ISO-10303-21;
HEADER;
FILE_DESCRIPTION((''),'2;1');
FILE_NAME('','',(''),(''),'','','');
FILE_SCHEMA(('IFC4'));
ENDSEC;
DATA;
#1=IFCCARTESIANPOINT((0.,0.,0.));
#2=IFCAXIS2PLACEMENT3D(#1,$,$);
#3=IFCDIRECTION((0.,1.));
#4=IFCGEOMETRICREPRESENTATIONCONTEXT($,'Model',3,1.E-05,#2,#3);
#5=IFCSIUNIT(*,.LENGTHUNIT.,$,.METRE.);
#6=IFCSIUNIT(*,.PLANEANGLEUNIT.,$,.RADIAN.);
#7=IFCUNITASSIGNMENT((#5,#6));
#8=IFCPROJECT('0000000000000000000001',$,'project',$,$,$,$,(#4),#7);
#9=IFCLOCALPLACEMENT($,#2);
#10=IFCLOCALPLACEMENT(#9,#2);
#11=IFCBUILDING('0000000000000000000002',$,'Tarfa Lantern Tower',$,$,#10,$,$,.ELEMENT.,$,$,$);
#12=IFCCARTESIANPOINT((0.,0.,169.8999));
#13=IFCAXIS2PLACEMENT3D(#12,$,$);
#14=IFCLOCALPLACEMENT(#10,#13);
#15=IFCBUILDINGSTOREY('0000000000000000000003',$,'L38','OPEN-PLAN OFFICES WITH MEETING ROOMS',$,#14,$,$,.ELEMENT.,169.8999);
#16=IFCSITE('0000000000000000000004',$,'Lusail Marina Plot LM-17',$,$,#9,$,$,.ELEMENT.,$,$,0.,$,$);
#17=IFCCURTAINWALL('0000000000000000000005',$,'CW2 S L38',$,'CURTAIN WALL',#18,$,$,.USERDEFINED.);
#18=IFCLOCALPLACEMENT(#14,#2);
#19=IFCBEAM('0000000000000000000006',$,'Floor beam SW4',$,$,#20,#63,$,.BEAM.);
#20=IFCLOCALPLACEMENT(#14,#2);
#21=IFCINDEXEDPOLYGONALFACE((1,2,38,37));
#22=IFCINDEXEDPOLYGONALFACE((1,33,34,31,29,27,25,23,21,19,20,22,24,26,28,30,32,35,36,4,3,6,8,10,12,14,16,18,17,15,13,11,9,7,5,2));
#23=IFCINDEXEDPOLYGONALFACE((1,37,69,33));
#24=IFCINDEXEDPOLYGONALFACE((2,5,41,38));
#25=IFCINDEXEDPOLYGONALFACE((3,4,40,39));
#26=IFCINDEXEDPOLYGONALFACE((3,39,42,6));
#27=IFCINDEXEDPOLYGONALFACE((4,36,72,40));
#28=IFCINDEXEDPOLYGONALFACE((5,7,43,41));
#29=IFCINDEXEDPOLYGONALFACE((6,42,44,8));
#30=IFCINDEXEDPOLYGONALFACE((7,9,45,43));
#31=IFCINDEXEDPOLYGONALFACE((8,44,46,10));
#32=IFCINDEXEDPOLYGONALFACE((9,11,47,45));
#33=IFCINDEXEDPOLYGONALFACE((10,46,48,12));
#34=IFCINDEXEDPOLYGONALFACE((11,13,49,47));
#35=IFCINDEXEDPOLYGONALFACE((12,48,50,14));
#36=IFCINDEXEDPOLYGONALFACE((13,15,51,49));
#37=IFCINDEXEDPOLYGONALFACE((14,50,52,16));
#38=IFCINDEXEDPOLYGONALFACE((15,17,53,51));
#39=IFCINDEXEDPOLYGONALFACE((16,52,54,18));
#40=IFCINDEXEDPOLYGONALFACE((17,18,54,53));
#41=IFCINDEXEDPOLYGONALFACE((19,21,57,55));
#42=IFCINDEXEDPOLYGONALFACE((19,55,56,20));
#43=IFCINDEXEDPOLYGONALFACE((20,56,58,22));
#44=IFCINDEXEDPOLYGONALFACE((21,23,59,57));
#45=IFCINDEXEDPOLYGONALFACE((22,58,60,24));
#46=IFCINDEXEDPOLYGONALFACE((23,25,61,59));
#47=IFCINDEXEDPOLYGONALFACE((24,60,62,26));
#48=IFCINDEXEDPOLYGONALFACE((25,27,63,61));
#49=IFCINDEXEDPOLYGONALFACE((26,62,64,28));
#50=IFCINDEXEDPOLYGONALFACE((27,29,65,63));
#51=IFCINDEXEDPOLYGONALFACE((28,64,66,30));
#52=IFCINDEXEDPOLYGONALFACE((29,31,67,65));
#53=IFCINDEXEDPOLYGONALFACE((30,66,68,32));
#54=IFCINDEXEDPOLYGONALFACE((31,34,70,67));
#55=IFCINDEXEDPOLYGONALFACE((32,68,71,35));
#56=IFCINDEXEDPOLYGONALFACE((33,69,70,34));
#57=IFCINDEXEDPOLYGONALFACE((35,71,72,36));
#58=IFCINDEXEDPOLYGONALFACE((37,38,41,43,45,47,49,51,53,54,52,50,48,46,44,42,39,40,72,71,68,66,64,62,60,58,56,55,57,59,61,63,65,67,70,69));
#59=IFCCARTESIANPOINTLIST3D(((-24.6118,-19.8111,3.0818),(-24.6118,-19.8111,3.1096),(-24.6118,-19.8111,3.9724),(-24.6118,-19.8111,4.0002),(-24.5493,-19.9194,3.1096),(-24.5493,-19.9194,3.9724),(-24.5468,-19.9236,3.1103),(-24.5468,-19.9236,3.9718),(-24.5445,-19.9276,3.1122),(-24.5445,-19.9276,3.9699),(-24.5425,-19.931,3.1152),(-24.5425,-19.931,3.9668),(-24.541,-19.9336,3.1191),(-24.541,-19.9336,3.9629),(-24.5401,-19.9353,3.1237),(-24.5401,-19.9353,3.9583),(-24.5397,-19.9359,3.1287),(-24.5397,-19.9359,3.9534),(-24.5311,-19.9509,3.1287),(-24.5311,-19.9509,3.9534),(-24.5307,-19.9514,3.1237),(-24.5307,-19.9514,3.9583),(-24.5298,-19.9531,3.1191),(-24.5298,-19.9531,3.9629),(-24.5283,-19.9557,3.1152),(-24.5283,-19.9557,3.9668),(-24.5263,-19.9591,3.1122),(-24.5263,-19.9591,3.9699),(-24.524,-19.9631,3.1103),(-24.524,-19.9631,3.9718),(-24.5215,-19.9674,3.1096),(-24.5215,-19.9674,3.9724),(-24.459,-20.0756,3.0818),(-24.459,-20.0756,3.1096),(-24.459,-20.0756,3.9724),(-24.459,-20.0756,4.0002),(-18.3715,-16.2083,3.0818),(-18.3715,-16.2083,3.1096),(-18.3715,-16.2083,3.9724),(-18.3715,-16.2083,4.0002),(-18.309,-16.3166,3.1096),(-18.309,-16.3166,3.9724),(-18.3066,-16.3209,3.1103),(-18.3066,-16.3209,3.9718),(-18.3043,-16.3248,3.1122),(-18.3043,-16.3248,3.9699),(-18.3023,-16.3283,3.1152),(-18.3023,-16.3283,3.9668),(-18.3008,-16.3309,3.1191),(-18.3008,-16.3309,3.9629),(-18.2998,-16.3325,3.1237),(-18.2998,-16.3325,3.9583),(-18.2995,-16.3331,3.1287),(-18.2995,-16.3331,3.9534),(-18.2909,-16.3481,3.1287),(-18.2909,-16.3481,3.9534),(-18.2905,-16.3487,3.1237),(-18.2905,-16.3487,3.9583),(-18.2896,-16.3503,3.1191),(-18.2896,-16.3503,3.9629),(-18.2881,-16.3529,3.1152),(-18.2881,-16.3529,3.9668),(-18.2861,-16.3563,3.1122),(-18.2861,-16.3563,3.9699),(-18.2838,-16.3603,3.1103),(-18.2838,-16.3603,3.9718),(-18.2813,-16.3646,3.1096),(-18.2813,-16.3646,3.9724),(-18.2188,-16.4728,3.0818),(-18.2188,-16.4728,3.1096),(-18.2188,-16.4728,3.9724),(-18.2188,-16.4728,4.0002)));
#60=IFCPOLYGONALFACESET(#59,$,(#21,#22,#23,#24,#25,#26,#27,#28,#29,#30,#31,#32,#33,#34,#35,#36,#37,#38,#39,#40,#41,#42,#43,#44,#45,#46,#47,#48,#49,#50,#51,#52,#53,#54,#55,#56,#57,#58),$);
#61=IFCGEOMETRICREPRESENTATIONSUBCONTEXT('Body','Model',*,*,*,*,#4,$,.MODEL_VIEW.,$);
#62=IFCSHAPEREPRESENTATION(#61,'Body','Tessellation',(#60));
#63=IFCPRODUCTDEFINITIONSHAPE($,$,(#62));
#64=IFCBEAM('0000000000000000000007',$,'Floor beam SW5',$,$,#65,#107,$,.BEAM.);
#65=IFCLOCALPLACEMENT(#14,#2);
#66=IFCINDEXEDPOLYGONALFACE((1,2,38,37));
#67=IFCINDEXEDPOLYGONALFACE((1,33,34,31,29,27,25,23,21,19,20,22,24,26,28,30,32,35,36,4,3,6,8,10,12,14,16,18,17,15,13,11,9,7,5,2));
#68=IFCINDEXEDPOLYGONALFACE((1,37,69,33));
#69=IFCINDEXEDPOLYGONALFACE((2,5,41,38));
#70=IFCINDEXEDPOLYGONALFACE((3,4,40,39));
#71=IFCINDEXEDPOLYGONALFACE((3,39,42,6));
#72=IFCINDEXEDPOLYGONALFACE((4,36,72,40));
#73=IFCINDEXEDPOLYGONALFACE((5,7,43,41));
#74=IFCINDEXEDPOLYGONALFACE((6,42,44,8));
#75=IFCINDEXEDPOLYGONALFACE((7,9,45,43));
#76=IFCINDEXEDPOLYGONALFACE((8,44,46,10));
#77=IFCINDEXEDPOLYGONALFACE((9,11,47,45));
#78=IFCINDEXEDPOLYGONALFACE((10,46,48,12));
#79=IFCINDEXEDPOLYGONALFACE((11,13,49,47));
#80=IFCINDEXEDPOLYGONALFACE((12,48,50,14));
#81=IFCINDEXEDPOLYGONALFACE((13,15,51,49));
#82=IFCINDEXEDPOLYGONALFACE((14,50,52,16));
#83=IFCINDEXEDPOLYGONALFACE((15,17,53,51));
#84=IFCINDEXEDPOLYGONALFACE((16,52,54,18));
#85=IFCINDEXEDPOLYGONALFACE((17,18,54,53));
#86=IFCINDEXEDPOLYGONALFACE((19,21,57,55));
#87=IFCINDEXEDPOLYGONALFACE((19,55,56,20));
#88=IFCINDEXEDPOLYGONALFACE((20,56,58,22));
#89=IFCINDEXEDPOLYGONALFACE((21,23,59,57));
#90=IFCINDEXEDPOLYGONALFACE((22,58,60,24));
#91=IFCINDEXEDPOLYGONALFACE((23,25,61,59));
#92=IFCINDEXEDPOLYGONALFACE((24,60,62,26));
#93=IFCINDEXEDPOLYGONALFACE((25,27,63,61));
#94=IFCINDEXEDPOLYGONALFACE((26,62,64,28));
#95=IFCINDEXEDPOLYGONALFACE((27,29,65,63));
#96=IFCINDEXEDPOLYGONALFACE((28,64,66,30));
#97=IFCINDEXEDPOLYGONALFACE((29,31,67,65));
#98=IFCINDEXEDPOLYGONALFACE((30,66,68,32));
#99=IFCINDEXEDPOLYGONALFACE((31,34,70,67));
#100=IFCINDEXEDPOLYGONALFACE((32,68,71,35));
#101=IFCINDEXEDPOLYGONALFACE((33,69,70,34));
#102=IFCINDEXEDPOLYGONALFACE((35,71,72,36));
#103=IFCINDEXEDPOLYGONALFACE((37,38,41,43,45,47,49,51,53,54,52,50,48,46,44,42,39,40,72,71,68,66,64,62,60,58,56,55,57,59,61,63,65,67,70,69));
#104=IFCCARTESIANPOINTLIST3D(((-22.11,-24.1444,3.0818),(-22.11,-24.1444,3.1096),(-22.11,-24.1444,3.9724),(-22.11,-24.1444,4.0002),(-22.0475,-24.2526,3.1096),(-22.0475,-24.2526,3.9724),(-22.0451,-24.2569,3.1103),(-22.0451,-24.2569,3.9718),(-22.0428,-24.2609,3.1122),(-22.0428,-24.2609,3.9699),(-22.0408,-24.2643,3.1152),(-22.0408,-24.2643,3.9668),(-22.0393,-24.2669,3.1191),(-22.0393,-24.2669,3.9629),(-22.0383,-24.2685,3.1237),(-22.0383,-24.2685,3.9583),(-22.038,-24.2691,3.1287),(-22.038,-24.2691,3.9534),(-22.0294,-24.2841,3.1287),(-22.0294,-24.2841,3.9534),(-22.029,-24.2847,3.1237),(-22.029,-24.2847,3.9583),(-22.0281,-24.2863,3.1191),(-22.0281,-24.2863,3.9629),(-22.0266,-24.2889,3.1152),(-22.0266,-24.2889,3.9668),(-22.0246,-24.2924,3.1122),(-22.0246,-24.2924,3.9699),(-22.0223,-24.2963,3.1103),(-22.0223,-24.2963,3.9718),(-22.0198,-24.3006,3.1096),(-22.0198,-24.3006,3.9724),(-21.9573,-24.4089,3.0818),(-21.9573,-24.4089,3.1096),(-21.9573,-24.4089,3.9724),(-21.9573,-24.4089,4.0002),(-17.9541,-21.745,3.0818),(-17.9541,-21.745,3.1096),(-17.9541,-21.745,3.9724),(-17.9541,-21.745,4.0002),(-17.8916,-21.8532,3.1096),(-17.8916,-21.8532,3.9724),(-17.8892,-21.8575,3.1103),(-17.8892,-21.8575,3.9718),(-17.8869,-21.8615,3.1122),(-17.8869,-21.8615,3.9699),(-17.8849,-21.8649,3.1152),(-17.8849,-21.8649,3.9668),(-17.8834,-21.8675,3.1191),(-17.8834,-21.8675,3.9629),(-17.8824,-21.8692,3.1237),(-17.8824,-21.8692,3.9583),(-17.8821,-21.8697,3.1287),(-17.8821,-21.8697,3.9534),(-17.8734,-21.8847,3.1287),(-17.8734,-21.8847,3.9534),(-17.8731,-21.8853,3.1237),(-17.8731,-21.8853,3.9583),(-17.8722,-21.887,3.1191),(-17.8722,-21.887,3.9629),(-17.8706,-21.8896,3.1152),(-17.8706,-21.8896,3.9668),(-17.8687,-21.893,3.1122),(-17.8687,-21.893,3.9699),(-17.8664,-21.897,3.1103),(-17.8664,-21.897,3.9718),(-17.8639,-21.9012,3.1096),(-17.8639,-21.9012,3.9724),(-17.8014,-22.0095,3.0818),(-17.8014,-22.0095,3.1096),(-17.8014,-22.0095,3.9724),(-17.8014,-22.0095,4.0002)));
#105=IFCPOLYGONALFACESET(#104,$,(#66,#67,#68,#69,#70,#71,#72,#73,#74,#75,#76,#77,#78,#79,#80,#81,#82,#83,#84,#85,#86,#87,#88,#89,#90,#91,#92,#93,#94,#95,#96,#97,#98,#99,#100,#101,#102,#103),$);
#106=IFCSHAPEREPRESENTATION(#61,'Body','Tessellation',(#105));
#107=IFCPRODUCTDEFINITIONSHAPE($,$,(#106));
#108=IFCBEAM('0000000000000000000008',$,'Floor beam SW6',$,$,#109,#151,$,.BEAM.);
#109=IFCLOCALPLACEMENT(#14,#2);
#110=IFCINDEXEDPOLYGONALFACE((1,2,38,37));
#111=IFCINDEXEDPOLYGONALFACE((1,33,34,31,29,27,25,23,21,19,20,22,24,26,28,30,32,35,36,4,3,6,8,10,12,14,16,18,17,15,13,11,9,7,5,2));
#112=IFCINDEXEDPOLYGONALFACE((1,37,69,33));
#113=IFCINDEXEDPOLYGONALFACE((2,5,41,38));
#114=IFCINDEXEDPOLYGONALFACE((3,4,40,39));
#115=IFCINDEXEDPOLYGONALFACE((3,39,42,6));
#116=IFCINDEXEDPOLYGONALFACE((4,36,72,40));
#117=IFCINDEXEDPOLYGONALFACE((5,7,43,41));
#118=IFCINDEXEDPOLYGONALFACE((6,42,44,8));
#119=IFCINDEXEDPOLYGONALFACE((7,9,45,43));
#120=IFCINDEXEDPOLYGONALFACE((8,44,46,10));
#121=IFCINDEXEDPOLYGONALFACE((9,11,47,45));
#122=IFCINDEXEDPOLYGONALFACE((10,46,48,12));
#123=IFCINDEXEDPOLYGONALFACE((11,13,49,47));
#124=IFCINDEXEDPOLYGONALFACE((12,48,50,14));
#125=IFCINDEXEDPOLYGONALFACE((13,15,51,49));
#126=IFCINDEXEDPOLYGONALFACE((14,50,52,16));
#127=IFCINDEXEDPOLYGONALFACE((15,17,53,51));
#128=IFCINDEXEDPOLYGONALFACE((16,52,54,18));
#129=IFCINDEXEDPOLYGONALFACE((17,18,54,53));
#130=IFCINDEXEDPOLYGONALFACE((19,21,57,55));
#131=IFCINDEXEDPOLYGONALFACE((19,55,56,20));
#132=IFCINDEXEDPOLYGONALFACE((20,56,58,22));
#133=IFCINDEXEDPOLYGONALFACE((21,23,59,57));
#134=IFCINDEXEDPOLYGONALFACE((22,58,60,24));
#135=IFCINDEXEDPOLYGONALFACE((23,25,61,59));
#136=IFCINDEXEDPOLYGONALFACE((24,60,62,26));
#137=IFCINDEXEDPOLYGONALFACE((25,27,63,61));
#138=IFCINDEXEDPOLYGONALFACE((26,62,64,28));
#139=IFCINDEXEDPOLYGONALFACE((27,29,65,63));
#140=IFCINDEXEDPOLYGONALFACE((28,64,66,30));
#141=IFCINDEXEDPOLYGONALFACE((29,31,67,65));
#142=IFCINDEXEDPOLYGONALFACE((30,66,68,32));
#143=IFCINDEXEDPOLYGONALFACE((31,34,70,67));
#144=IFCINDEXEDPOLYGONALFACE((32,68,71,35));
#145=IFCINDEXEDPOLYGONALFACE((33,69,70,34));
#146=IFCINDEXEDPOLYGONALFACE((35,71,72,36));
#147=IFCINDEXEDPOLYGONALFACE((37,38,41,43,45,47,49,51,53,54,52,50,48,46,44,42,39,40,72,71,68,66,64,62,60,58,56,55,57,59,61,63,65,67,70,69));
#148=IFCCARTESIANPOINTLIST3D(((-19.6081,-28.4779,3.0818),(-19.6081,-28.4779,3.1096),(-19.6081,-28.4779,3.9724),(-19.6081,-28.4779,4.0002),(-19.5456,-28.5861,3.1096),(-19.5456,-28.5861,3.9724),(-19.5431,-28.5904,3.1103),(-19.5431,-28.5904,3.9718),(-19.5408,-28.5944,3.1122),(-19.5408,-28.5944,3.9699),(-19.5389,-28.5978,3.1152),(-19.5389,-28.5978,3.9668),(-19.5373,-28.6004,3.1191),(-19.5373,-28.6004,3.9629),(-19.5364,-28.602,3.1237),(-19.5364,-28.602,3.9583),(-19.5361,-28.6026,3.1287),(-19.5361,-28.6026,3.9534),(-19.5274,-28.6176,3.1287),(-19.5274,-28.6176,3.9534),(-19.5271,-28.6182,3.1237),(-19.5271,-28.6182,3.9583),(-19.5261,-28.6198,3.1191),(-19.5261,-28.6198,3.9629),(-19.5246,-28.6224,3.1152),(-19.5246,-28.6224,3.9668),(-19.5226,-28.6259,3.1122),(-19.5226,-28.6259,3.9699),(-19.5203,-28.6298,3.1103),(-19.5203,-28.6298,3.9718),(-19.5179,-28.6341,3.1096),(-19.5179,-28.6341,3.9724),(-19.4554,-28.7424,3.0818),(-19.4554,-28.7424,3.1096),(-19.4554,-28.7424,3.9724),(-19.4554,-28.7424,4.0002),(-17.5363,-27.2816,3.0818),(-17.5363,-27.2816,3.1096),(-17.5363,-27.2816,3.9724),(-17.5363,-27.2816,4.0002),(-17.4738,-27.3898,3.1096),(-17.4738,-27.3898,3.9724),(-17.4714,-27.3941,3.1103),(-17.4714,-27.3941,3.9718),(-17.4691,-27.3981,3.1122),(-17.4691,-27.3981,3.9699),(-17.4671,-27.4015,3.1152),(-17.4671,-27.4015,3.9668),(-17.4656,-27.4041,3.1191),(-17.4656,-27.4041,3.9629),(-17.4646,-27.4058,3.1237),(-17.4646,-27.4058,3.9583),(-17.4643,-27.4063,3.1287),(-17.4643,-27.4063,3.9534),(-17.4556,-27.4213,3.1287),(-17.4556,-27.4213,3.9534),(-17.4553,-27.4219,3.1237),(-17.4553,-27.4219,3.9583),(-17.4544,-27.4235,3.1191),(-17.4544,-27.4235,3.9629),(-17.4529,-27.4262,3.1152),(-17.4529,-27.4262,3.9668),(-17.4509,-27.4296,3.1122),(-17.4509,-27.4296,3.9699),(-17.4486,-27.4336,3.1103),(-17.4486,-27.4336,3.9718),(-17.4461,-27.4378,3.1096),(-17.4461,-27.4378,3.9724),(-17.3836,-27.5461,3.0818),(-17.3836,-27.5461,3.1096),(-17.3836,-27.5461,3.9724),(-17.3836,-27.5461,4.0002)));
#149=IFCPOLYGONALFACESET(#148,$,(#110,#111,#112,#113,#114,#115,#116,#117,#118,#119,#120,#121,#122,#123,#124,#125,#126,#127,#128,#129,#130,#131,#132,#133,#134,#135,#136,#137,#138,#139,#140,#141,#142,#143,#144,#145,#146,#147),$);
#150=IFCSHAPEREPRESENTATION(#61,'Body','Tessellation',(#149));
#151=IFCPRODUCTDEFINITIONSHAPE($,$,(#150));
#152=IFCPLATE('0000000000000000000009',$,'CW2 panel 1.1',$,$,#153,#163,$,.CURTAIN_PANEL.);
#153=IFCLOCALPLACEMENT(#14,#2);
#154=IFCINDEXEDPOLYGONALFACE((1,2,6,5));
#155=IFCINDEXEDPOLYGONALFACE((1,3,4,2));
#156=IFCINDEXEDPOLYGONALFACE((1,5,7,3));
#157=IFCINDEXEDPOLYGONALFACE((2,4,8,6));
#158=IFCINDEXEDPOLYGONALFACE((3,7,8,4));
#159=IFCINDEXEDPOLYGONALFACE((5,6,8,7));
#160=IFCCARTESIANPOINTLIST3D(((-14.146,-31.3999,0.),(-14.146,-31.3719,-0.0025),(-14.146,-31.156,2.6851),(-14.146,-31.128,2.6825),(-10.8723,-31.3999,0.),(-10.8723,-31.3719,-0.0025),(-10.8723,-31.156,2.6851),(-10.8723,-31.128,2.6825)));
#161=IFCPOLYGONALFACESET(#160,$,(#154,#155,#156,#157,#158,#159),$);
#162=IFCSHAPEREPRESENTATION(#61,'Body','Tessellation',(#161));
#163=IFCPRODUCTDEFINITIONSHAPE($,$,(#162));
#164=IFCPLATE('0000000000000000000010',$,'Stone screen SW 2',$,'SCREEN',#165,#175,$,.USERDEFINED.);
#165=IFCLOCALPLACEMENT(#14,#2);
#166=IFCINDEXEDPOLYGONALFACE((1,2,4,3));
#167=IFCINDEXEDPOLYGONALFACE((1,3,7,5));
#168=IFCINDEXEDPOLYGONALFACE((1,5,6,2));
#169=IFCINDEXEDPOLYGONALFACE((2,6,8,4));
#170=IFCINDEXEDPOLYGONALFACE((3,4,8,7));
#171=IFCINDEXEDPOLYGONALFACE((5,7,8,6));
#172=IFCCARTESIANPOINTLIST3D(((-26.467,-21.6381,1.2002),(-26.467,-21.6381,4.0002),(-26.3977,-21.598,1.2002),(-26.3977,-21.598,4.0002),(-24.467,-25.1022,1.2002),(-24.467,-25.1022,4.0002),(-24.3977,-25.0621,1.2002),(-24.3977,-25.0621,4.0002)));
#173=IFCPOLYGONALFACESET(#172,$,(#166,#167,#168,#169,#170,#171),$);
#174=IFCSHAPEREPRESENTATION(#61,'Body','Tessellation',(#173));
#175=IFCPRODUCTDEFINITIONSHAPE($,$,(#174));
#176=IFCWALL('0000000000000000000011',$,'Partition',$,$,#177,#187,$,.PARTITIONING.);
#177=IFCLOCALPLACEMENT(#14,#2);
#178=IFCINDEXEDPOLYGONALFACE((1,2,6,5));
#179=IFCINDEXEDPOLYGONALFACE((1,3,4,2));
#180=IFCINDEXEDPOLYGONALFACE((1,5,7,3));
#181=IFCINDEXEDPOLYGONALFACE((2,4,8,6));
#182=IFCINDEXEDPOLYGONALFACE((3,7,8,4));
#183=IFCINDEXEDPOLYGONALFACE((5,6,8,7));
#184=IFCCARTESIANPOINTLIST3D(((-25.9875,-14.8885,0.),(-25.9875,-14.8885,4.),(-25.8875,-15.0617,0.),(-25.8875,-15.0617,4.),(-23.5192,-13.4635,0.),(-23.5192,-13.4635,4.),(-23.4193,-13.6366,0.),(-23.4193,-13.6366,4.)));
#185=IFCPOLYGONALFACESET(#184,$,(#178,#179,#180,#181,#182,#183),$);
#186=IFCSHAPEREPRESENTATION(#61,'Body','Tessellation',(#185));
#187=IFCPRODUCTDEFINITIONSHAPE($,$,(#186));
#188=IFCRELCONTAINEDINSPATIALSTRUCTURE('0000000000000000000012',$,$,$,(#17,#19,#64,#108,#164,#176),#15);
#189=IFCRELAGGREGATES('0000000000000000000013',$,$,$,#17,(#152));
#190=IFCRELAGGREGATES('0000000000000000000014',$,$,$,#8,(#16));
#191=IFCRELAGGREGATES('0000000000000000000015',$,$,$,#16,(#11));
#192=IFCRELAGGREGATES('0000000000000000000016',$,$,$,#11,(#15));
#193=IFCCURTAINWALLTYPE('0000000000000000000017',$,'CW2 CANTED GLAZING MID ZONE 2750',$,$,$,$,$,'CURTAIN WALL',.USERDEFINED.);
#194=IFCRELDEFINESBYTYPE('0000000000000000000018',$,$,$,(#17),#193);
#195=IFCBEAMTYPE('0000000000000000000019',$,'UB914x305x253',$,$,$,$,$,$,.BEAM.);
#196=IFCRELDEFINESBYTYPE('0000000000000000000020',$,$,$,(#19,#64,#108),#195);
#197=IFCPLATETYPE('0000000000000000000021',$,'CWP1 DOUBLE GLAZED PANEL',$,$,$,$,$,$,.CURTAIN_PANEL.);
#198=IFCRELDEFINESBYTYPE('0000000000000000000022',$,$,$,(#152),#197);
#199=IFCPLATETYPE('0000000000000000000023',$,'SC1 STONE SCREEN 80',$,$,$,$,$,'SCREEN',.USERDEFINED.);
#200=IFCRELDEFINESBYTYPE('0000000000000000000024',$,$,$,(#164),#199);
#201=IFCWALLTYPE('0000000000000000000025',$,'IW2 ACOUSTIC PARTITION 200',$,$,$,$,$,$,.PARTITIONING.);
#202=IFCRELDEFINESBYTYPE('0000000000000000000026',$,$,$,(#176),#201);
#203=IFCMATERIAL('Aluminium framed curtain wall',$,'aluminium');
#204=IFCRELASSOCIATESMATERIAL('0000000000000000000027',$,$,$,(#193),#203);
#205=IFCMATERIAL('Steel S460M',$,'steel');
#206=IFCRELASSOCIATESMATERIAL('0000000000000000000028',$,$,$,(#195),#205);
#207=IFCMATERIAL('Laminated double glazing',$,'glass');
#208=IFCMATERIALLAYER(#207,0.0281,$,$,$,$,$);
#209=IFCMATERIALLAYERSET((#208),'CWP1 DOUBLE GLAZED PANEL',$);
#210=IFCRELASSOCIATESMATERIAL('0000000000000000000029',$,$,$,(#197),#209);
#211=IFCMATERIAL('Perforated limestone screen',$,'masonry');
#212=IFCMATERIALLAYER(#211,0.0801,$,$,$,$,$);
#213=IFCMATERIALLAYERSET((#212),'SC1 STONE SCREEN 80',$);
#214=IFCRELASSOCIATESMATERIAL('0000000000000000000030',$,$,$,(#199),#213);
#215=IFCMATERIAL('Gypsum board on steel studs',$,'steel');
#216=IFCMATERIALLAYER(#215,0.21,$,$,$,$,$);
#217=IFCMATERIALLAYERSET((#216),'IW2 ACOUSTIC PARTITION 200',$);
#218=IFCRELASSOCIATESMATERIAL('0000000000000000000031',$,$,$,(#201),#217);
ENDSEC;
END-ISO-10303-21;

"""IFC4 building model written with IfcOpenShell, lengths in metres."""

from ifc_helpers import new_model, si_unit, direction, frame, frame_2d, origin, origin_2d, place, context, subcontext, project, spatial, polyline, rectangle, i_section, outline, extrude, material, layer, layer_set, material_profile, profile_set, type_object, element, aggregate, save


model = new_model("IFC4")

# Units and contexts
model_context = context("Model", 3, precision=1e-05, world=origin(), true_north=direction((0.0, 1.0)))
body_context = subcontext(model_context, "Body", "Model", "MODEL_VIEW")
ifc_project = project(units=[si_unit("LENGTHUNIT", "METRE"), si_unit("PLANEANGLEUNIT", "RADIAN")], contexts=[model_context])

# Site, building, storey
site_placement = place(None, origin())
site = spatial("IfcSite", under=ifc_project, at=site_placement, Name="Lusail Marina Plot LM-17", CompositionType="ELEMENT", RefElevation=0.0)
building_placement = place(site_placement, origin())
building = spatial("IfcBuilding", under=site, at=building_placement, Name="Tarfa Lantern Tower", CompositionType="ELEMENT")
storey_placement = place(building_placement, frame((0.0, 0.0, 169.8999)))
storey = spatial("IfcBuildingStorey", under=building, at=storey_placement, Name="L38", Description="OPEN-PLAN OFFICES WITH MEETING ROOMS", CompositionType="ELEMENT", Elevation=169.8999)

# Curtain wall
ifc_material_1 = material(Name="Aluminium framed curtain wall", Category="aluminium")
curtain_wall_type = type_object("IfcCurtainWallType", Name="CW2 CANTED GLAZING MID ZONE 2750", ElementType="CURTAIN WALL", PredefinedType="USERDEFINED", material=ifc_material_1)
curtain_wall_placement = place(storey_placement, origin())
curtain_wall = element("IfcCurtainWall", 1, at=curtain_wall_placement, inside=storey, type_object=curtain_wall_type, Name="CW2 S L38", ObjectType="CURTAIN WALL", PredefinedType="USERDEFINED")

# Beams
ifc_material_2 = material(Name="Steel S460M", Category="steel")
ifc_material_profile_1 = material_profile(ifc_material_2, i_section(OverallWidth=0.3054, OverallDepth=0.9185, WebThickness=0.0173, FlangeThickness=0.0278, FilletRadius=0.019, at=origin_2d()), Name="UB914x305x253")
ifc_profile_set_1 = profile_set([ifc_material_profile_1], Name="Steel S460M")
beam_type_1 = type_object("IfcBeamType", Name="UB914x305x253", PredefinedType="BEAM", material=ifc_profile_set_1)
beam_1_placement = place(storey_placement, frame((-24.5354, -19.9434, 3.541), z_axis=(0.866026, 0.499998, 0.0), x_axis=(-0.499998, 0.866026, 0.0)))
element("IfcBeam", 2, at=beam_1_placement, inside=storey, type_object=beam_type_1, Name="Floor beam SW4", PredefinedType="BEAM", context=body_context, shape_type="SweptSolid", body=[
    extrude(i_section(OverallWidth=0.3054, OverallDepth=0.9185, WebThickness=0.0173, FlangeThickness=0.0278, FilletRadius=0.019, at=origin_2d()), origin(), (0.0, 0.0, 1.0), 7.2056),
])
beam_2_placement = place(storey_placement, frame((-22.0337, -24.2766, 3.541), z_axis=(0.866031, 0.499991, 0.0), x_axis=(-0.499991, 0.866031, 0.0)))
element("IfcBeam", 3, at=beam_2_placement, inside=storey, type_object=beam_type_1, Name="Floor beam SW5", PredefinedType="BEAM", context=body_context, shape_type="SweptSolid", body=[
    extrude(i_section(OverallWidth=0.3054, OverallDepth=0.9185, WebThickness=0.0173, FlangeThickness=0.0278, FilletRadius=0.019, at=origin_2d()), origin(), (0.0, 0.0, 1.0), 4.7988),
])
beam_3_placement = place(storey_placement, frame((-19.5317, -28.6101, 3.541), z_axis=(0.865999, 0.500046, 0.0), x_axis=(-0.500046, 0.865999, 0.0)))
element("IfcBeam", 4, at=beam_3_placement, inside=storey, type_object=beam_type_1, Name="Floor beam SW6", PredefinedType="BEAM", context=body_context, shape_type="SweptSolid", body=[
    extrude(i_section(OverallWidth=0.3054, OverallDepth=0.9185, WebThickness=0.0173, FlangeThickness=0.0278, FilletRadius=0.019, at=origin_2d()), origin(), (0.0, 0.0, 1.0), 2.3923),
])

# Plates
ifc_material_3 = material(Name="Laminated double glazing", Category="glass")
ifc_layer_1 = layer(ifc_material_3, 0.0281)
ifc_layer_set_1 = layer_set([ifc_layer_1], Name="CWP1 DOUBLE GLAZED PANEL")
plate_type_1 = type_object("IfcPlateType", Name="CWP1 DOUBLE GLAZED PANEL", PredefinedType="CURTAIN_PANEL", material=ifc_layer_set_1)
plate_1_placement = place(storey_placement, frame((-14.146, -31.3999, 0.0), z_axis=(0.0, -0.9959, 0.090462), x_axis=(1.0, 0.0, 0.0)))
plate_1 = element("IfcPlate", 5, at=plate_1_placement, type_object=plate_type_1, Name="CW2 panel 1.1", PredefinedType="CURTAIN_PANEL", context=body_context, shape_type="SweptSolid", body=[
    extrude(outline(polyline([(0.0, 0.0), (3.2737, 0.0), (3.2737, 2.6961), (0.0, 2.6961), (0.0, 0.0)])), origin(), (0.0, 0.0, -1.0), 0.0281),
])
aggregate(curtain_wall, [plate_1])
ifc_material_4 = material(Name="Perforated limestone screen", Category="masonry")
ifc_layer_2 = layer(ifc_material_4, 0.0801)
ifc_layer_set_2 = layer_set([ifc_layer_2], Name="SC1 STONE SCREEN 80")
plate_type_2 = type_object("IfcPlateType", Name="SC1 STONE SCREEN 80", ElementType="SCREEN", PredefinedType="USERDEFINED", material=ifc_layer_set_2)
plate_2_placement = place(storey_placement, frame((-25.4324, -23.3501, 1.2002), z_axis=(0.0, 0.0, 1.0), x_axis=(0.5, -0.866025, 0.0)))
element("IfcPlate", 6, at=plate_2_placement, inside=storey, type_object=plate_type_2, Name="Stone screen SW 2", ObjectType="SCREEN", PredefinedType="USERDEFINED", context=body_context, shape_type="SweptSolid", body=[
    extrude(rectangle(XDim=4.0, YDim=0.0801, at=origin_2d()), origin(), (0.0, 0.0, 1.0), 2.8),
])

# Wall
ifc_material_5 = material(Name="Gypsum board on steel studs", Category="steel")
ifc_layer_3 = layer(ifc_material_5, 0.21)
ifc_layer_set_3 = layer_set([ifc_layer_3], Name="IW2 ACOUSTIC PARTITION 200")
wall_type = type_object("IfcWallType", Name="IW2 ACOUSTIC PARTITION 200", PredefinedType="PARTITIONING", material=ifc_layer_set_3)
wall_placement = place(storey_placement, frame((-23.4692, -13.55, 0.0), z_axis=(0.0, 0.0, 1.0), x_axis=(-0.866026, -0.499999, 0.0)))
element("IfcWall", 7, at=wall_placement, inside=storey, type_object=wall_type, Name="Partition", PredefinedType="PARTITIONING", context=body_context, shape_type="SweptSolid", body=[
    extrude(rectangle(XDim=2.8501, YDim=0.2, at=frame_2d((1.425, 0.0))), origin(), (0.0, 0.0, 1.0), 4.0),
])

save(model, "model.ifc")
